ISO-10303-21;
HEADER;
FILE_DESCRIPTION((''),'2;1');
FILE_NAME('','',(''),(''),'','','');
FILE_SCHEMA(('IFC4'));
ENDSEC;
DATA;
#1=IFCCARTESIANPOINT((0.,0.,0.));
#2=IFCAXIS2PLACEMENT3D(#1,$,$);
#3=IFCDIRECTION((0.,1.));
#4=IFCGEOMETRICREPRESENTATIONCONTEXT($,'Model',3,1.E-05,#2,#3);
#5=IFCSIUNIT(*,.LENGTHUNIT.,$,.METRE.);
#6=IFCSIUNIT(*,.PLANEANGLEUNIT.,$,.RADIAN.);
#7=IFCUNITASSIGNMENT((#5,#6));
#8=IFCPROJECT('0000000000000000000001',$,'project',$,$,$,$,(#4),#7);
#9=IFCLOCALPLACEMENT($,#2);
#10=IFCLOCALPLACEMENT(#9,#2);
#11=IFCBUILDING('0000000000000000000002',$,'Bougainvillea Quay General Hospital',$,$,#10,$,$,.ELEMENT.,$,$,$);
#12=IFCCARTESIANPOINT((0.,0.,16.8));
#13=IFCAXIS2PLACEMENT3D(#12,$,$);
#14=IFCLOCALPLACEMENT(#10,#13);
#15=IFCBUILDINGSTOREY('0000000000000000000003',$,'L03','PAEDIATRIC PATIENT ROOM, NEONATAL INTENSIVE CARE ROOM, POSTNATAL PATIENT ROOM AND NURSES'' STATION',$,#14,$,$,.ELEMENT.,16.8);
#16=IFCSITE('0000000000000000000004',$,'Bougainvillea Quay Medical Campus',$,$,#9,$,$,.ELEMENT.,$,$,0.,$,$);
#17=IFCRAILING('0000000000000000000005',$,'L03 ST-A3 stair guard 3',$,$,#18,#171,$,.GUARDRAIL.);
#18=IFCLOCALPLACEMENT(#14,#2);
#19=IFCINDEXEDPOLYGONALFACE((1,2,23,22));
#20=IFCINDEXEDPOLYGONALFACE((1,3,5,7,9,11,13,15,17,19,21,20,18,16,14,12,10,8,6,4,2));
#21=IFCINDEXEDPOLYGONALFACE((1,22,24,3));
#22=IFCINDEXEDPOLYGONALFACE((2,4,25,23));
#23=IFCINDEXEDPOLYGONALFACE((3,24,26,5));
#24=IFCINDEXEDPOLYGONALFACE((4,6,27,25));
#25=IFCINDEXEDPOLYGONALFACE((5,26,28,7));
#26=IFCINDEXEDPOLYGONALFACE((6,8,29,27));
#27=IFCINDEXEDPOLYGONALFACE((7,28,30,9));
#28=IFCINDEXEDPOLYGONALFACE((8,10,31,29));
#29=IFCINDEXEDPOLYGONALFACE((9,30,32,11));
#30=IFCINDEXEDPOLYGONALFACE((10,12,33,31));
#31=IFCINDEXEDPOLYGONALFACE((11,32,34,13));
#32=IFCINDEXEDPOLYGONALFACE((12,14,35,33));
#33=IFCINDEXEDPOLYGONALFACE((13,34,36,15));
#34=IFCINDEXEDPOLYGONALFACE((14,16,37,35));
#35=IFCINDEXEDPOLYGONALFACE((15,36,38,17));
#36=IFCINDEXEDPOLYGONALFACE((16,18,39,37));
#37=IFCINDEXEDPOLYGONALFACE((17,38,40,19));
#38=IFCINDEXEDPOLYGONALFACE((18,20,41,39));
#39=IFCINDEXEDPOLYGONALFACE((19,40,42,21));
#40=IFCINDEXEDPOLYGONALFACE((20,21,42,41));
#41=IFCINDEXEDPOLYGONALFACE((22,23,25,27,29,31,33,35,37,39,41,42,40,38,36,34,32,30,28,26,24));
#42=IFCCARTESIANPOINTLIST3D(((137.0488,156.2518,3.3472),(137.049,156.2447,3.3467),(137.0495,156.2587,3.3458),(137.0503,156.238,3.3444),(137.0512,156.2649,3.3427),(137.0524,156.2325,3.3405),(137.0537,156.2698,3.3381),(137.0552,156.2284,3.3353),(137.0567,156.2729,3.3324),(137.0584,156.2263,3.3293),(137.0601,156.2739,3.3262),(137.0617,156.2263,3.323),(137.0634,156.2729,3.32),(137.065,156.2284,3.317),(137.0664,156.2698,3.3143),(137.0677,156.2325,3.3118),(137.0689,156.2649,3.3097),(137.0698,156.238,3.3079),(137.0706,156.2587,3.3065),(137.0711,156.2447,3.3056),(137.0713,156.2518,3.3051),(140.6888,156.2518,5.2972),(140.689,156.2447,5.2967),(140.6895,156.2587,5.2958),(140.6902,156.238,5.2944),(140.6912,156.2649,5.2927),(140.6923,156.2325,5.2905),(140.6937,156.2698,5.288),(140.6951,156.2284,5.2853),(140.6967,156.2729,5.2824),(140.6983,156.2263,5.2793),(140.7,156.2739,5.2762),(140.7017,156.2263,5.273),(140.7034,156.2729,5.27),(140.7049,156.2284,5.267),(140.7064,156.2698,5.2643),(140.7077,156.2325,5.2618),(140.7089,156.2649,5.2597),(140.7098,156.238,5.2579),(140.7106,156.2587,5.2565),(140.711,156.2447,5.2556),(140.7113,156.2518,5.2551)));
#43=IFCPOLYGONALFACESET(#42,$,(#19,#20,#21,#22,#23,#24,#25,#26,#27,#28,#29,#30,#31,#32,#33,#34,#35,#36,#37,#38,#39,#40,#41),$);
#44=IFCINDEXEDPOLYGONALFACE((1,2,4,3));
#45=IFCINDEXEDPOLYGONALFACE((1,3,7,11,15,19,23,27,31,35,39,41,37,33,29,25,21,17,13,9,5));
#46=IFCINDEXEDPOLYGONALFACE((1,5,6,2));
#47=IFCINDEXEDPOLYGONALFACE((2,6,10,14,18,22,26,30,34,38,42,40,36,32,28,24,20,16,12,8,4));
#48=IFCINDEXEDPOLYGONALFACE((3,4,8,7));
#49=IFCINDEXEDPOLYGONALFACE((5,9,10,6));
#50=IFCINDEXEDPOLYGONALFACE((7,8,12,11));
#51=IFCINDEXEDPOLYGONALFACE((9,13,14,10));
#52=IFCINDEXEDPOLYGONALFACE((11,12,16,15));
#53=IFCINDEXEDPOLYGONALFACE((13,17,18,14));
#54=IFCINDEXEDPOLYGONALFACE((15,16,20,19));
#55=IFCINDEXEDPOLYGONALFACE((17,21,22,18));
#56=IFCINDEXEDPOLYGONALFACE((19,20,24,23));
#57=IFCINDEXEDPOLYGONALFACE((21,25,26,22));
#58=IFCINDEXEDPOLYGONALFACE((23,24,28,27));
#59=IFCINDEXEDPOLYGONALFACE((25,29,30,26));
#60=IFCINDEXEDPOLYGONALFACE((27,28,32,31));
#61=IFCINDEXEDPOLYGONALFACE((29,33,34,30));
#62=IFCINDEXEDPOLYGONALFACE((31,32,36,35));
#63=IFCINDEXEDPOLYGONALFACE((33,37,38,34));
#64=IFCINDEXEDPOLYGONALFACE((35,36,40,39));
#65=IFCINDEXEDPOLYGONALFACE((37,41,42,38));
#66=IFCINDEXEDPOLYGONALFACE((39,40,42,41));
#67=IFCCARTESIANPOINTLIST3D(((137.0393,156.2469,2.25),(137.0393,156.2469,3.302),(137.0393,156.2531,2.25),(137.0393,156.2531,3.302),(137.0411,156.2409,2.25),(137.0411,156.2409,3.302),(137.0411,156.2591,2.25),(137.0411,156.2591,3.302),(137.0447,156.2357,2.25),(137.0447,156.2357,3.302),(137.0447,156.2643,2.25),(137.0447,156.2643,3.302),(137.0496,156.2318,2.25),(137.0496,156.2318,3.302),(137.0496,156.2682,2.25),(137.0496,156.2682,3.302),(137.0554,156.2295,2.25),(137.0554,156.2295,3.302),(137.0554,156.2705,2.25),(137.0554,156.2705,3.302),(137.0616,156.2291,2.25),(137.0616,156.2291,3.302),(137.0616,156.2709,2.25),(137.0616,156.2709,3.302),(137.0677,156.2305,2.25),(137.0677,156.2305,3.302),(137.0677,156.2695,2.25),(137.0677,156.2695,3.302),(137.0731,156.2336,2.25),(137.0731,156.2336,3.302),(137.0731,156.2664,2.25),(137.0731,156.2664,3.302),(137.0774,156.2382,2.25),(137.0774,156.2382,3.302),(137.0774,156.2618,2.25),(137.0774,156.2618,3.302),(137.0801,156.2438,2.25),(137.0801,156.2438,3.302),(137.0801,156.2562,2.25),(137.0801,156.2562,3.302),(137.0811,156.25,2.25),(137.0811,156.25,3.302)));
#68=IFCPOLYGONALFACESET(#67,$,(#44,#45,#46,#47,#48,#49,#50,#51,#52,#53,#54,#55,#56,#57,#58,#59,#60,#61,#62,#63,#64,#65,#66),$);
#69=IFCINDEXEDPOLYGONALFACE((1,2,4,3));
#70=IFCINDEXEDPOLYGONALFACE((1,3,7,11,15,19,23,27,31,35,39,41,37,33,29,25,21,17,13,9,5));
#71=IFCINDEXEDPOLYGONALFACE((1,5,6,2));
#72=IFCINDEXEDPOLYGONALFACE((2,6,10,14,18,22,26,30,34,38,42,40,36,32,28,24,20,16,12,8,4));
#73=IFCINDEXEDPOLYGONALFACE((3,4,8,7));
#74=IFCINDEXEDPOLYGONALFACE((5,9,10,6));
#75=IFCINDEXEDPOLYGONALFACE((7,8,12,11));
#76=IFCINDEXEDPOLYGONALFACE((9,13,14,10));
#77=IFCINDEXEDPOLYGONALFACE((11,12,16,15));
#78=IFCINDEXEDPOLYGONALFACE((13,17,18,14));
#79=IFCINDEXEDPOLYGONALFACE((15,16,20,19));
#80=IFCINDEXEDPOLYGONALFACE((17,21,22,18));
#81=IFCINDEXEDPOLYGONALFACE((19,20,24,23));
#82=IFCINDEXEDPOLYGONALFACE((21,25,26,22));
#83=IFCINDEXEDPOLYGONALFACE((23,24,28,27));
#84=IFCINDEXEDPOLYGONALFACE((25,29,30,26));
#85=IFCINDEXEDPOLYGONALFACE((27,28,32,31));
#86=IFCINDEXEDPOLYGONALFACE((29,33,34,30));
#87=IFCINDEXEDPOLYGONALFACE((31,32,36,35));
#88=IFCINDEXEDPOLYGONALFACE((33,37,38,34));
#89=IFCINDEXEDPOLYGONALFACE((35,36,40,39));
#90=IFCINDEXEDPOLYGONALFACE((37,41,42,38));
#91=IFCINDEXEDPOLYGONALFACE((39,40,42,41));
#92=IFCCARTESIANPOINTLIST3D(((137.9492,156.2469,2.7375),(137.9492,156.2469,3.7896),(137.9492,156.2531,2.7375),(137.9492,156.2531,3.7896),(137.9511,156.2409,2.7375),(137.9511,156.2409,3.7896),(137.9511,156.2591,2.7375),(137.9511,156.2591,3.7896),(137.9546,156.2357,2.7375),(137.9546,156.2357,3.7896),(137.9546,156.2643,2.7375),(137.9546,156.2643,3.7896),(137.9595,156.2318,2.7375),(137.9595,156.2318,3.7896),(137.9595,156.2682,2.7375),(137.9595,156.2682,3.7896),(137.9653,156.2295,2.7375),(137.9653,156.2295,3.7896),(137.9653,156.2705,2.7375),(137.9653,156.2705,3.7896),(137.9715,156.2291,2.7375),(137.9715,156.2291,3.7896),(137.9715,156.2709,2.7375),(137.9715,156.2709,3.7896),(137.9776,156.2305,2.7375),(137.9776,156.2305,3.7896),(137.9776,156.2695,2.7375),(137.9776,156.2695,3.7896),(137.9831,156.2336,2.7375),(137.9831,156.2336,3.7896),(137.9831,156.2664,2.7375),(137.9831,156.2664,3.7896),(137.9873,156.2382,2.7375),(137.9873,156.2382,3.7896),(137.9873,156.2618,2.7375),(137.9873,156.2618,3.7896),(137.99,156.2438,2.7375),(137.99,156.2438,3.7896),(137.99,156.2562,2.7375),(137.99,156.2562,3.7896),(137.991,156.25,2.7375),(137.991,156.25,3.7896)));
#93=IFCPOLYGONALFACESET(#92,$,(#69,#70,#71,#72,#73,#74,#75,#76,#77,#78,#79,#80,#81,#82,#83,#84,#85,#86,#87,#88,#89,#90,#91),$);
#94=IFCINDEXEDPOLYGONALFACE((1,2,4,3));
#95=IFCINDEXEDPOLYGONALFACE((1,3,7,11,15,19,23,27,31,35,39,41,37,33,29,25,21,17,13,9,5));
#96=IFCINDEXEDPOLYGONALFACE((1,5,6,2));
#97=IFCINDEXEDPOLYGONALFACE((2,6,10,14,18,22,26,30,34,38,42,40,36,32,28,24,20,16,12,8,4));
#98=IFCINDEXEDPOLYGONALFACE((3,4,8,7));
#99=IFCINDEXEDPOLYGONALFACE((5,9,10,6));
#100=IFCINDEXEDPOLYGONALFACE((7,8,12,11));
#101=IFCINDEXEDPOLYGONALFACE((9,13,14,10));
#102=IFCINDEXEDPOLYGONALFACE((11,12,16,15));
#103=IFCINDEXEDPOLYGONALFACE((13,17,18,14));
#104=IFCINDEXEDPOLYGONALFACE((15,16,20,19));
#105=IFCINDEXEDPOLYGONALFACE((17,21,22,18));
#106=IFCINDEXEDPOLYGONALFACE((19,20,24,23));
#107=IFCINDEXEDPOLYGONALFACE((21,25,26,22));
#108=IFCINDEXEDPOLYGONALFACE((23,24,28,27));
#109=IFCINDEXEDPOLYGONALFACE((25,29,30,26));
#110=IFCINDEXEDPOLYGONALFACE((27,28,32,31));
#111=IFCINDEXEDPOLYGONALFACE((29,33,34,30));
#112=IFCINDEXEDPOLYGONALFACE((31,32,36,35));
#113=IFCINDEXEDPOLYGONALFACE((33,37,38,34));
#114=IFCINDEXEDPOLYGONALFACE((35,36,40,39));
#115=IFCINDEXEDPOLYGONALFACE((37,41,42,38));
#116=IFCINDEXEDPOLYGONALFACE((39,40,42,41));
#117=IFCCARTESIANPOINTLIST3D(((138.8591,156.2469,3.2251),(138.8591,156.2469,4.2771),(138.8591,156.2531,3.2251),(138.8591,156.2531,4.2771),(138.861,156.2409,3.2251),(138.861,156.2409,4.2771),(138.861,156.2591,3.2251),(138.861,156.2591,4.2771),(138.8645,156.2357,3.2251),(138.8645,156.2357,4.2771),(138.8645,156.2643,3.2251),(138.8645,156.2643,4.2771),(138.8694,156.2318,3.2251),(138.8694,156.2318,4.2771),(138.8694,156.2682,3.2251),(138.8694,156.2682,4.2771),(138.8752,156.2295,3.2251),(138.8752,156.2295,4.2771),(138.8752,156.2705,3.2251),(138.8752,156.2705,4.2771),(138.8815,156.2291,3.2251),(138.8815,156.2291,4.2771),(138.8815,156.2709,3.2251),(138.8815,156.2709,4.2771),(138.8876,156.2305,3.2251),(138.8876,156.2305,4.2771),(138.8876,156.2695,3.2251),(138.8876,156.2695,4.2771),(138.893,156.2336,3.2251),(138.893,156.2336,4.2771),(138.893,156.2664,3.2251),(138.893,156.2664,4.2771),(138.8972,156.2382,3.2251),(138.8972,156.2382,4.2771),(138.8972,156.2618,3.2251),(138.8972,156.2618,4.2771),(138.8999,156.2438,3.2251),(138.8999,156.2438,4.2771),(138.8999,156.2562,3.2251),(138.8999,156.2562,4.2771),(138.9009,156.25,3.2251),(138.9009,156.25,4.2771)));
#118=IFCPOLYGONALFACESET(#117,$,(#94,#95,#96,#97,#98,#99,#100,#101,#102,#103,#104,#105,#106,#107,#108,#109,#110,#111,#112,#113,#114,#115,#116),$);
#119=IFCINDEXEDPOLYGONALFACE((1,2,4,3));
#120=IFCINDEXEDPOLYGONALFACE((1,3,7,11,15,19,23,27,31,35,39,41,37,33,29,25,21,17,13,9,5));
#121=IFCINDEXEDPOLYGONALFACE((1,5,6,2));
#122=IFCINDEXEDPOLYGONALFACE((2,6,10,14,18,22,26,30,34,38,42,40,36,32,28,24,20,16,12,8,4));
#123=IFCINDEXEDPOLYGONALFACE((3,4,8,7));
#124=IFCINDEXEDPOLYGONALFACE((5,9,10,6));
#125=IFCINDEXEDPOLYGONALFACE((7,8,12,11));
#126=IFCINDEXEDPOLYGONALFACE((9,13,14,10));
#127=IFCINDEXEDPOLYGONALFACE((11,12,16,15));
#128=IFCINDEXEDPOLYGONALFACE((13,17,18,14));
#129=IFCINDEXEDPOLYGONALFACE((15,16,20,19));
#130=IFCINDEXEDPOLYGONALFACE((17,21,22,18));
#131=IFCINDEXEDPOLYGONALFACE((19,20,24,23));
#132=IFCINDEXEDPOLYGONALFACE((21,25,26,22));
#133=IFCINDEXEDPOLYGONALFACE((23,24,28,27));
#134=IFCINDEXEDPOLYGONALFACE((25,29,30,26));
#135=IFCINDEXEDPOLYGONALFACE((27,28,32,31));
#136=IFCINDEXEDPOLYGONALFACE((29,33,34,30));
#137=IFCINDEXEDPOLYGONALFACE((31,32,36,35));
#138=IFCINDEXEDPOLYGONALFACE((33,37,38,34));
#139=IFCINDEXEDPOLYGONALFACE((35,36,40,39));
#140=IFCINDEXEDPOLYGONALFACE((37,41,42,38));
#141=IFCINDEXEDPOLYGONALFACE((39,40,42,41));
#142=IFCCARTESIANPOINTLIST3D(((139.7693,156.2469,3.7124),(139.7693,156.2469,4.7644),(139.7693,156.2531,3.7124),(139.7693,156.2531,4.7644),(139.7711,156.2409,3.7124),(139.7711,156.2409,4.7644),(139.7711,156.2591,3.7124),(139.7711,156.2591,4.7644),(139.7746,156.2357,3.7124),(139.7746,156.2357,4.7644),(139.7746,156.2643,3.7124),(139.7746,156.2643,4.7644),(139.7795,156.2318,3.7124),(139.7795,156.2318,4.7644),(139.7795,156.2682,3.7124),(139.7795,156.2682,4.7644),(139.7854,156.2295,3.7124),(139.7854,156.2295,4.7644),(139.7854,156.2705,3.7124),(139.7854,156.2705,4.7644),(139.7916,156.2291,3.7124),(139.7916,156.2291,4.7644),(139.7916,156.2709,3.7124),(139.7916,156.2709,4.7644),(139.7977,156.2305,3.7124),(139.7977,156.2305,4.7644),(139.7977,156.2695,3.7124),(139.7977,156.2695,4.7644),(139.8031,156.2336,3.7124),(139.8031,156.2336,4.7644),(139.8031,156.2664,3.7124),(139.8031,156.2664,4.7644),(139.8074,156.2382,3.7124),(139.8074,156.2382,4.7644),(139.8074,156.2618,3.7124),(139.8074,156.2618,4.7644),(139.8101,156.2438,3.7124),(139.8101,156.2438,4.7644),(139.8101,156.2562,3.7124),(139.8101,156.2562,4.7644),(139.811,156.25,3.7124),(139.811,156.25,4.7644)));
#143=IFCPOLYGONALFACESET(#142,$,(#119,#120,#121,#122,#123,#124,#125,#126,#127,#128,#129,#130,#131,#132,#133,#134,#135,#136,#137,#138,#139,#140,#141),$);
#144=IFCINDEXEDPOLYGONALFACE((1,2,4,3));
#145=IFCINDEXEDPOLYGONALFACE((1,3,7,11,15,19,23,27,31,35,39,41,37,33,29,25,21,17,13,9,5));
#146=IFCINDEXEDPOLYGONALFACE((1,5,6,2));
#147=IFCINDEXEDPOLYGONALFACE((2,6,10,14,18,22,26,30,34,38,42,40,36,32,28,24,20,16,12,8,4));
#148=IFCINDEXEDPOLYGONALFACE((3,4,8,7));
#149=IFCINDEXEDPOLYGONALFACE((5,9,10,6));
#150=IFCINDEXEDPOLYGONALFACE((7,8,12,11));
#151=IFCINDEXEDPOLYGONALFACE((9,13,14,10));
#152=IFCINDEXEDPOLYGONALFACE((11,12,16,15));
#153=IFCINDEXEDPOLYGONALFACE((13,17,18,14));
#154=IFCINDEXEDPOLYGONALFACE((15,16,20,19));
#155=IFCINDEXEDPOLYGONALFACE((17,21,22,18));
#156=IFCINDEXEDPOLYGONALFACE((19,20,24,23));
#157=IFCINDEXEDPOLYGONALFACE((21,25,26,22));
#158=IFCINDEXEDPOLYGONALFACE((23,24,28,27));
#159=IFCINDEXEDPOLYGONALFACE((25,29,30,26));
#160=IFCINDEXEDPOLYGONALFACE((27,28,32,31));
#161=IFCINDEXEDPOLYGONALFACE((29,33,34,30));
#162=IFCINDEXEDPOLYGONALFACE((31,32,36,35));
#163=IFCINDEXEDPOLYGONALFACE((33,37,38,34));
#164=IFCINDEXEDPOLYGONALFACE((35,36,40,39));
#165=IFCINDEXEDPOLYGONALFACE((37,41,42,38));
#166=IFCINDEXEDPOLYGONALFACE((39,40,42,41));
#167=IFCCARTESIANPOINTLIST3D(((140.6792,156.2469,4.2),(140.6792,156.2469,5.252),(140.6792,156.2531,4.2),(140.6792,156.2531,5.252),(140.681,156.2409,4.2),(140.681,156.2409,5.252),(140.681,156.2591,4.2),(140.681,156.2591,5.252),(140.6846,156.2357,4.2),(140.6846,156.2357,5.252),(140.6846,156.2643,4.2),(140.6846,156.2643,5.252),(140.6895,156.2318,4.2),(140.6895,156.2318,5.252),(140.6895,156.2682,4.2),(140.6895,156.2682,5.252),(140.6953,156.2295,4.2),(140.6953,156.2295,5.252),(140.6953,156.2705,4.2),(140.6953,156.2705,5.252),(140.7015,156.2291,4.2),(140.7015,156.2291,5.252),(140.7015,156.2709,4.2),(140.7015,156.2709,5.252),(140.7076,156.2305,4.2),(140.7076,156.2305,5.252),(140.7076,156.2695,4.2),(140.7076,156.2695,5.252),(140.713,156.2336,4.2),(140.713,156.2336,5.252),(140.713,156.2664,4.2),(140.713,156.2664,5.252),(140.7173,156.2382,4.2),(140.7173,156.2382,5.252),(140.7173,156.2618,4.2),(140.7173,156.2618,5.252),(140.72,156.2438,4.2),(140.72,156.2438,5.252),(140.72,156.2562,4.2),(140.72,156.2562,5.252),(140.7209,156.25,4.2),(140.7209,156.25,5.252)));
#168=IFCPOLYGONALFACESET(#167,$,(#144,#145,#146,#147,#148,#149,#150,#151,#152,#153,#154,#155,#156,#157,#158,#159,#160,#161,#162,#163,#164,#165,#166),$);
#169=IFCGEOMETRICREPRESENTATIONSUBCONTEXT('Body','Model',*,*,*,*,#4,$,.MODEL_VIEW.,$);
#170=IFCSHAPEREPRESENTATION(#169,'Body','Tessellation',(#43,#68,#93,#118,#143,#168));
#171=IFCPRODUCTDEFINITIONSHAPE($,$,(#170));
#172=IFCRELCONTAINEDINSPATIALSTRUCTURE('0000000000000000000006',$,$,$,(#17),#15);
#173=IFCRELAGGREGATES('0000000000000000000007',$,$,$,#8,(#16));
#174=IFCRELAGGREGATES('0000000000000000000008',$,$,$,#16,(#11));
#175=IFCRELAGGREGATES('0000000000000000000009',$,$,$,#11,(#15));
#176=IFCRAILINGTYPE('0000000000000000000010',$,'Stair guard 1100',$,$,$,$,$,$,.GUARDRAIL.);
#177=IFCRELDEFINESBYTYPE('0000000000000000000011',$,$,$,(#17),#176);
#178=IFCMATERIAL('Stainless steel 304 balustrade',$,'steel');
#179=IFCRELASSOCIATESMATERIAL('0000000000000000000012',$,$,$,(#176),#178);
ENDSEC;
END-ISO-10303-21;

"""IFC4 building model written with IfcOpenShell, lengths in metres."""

from ifc_helpers import new_model, si_unit, direction, frame, origin, origin_2d, place, context, subcontext, project, spatial, circle, extrude, material, type_object, element, save


model = new_model("IFC4")

# Units and contexts
model_context = context("Model", 3, precision=1e-05, world=origin(), true_north=direction((0.0, 1.0)))
body_context = subcontext(model_context, "Body", "Model", "MODEL_VIEW")
ifc_project = project(units=[si_unit("LENGTHUNIT", "METRE"), si_unit("PLANEANGLEUNIT", "RADIAN")], contexts=[model_context])

# Site, building, storey
site_placement = place(None, origin())
site = spatial("IfcSite", under=ifc_project, at=site_placement, Name="Bougainvillea Quay Medical Campus", CompositionType="ELEMENT", RefElevation=0.0)
building_placement = place(site_placement, origin())
building = spatial("IfcBuilding", under=site, at=building_placement, Name="Bougainvillea Quay General Hospital", CompositionType="ELEMENT")
storey_placement = place(building_placement, frame((0.0, 0.0, 16.8)))
storey = spatial("IfcBuildingStorey", under=building, at=storey_placement, Name="L03", Description="PAEDIATRIC PATIENT ROOM, NEONATAL INTENSIVE CARE ROOM, POSTNATAL PATIENT ROOM AND NURSES' STATION", CompositionType="ELEMENT", Elevation=16.8)

# Railing
ifc_material_1 = material(Name="Stainless steel 304 balustrade", Category="steel")
railing_type_1 = type_object("IfcRailingType", Name="Stair guard 1100", PredefinedType="GUARDRAIL", material=ifc_material_1)
railing_1_placement = place(storey_placement, frame((137.0601, 156.25, 2.25)))
element("IfcRailing", 1, at=railing_1_placement, inside=storey, type_object=railing_type_1, Name="L03 ST-A3 stair guard 3", PredefinedType="GUARDRAIL", context=body_context, shape_type="SweptSolid", body=[
    extrude(circle(Radius=0.0239, at=origin_2d()), frame((0.0, 0.0, 1.0762), z_axis=(0.881479, 0.0, 0.472223), x_axis=(0.0, 1.0, 0.0)), (0.0, 0.0, 1.0), 4.1294),
    extrude(circle(Radius=0.021, at=origin_2d()), origin(), (0.0, 0.0, 1.0), 1.052),
    extrude(circle(Radius=0.021, at=origin_2d()), frame((0.9099, 0.0, 0.4875)), (0.0, 0.0, 1.0), 1.052),
    extrude(circle(Radius=0.021, at=origin_2d()), frame((1.8198, 0.0, 0.9751)), (0.0, 0.0, 1.0), 1.052),
    extrude(circle(Radius=0.021, at=origin_2d()), frame((2.73, 0.0, 1.4624)), (0.0, 0.0, 1.0), 1.052),
    extrude(circle(Radius=0.021, at=origin_2d()), frame((3.6399, 0.0, 1.95)), (0.0, 0.0, 1.0), 1.052),
])

save(model, "model.ifc")
